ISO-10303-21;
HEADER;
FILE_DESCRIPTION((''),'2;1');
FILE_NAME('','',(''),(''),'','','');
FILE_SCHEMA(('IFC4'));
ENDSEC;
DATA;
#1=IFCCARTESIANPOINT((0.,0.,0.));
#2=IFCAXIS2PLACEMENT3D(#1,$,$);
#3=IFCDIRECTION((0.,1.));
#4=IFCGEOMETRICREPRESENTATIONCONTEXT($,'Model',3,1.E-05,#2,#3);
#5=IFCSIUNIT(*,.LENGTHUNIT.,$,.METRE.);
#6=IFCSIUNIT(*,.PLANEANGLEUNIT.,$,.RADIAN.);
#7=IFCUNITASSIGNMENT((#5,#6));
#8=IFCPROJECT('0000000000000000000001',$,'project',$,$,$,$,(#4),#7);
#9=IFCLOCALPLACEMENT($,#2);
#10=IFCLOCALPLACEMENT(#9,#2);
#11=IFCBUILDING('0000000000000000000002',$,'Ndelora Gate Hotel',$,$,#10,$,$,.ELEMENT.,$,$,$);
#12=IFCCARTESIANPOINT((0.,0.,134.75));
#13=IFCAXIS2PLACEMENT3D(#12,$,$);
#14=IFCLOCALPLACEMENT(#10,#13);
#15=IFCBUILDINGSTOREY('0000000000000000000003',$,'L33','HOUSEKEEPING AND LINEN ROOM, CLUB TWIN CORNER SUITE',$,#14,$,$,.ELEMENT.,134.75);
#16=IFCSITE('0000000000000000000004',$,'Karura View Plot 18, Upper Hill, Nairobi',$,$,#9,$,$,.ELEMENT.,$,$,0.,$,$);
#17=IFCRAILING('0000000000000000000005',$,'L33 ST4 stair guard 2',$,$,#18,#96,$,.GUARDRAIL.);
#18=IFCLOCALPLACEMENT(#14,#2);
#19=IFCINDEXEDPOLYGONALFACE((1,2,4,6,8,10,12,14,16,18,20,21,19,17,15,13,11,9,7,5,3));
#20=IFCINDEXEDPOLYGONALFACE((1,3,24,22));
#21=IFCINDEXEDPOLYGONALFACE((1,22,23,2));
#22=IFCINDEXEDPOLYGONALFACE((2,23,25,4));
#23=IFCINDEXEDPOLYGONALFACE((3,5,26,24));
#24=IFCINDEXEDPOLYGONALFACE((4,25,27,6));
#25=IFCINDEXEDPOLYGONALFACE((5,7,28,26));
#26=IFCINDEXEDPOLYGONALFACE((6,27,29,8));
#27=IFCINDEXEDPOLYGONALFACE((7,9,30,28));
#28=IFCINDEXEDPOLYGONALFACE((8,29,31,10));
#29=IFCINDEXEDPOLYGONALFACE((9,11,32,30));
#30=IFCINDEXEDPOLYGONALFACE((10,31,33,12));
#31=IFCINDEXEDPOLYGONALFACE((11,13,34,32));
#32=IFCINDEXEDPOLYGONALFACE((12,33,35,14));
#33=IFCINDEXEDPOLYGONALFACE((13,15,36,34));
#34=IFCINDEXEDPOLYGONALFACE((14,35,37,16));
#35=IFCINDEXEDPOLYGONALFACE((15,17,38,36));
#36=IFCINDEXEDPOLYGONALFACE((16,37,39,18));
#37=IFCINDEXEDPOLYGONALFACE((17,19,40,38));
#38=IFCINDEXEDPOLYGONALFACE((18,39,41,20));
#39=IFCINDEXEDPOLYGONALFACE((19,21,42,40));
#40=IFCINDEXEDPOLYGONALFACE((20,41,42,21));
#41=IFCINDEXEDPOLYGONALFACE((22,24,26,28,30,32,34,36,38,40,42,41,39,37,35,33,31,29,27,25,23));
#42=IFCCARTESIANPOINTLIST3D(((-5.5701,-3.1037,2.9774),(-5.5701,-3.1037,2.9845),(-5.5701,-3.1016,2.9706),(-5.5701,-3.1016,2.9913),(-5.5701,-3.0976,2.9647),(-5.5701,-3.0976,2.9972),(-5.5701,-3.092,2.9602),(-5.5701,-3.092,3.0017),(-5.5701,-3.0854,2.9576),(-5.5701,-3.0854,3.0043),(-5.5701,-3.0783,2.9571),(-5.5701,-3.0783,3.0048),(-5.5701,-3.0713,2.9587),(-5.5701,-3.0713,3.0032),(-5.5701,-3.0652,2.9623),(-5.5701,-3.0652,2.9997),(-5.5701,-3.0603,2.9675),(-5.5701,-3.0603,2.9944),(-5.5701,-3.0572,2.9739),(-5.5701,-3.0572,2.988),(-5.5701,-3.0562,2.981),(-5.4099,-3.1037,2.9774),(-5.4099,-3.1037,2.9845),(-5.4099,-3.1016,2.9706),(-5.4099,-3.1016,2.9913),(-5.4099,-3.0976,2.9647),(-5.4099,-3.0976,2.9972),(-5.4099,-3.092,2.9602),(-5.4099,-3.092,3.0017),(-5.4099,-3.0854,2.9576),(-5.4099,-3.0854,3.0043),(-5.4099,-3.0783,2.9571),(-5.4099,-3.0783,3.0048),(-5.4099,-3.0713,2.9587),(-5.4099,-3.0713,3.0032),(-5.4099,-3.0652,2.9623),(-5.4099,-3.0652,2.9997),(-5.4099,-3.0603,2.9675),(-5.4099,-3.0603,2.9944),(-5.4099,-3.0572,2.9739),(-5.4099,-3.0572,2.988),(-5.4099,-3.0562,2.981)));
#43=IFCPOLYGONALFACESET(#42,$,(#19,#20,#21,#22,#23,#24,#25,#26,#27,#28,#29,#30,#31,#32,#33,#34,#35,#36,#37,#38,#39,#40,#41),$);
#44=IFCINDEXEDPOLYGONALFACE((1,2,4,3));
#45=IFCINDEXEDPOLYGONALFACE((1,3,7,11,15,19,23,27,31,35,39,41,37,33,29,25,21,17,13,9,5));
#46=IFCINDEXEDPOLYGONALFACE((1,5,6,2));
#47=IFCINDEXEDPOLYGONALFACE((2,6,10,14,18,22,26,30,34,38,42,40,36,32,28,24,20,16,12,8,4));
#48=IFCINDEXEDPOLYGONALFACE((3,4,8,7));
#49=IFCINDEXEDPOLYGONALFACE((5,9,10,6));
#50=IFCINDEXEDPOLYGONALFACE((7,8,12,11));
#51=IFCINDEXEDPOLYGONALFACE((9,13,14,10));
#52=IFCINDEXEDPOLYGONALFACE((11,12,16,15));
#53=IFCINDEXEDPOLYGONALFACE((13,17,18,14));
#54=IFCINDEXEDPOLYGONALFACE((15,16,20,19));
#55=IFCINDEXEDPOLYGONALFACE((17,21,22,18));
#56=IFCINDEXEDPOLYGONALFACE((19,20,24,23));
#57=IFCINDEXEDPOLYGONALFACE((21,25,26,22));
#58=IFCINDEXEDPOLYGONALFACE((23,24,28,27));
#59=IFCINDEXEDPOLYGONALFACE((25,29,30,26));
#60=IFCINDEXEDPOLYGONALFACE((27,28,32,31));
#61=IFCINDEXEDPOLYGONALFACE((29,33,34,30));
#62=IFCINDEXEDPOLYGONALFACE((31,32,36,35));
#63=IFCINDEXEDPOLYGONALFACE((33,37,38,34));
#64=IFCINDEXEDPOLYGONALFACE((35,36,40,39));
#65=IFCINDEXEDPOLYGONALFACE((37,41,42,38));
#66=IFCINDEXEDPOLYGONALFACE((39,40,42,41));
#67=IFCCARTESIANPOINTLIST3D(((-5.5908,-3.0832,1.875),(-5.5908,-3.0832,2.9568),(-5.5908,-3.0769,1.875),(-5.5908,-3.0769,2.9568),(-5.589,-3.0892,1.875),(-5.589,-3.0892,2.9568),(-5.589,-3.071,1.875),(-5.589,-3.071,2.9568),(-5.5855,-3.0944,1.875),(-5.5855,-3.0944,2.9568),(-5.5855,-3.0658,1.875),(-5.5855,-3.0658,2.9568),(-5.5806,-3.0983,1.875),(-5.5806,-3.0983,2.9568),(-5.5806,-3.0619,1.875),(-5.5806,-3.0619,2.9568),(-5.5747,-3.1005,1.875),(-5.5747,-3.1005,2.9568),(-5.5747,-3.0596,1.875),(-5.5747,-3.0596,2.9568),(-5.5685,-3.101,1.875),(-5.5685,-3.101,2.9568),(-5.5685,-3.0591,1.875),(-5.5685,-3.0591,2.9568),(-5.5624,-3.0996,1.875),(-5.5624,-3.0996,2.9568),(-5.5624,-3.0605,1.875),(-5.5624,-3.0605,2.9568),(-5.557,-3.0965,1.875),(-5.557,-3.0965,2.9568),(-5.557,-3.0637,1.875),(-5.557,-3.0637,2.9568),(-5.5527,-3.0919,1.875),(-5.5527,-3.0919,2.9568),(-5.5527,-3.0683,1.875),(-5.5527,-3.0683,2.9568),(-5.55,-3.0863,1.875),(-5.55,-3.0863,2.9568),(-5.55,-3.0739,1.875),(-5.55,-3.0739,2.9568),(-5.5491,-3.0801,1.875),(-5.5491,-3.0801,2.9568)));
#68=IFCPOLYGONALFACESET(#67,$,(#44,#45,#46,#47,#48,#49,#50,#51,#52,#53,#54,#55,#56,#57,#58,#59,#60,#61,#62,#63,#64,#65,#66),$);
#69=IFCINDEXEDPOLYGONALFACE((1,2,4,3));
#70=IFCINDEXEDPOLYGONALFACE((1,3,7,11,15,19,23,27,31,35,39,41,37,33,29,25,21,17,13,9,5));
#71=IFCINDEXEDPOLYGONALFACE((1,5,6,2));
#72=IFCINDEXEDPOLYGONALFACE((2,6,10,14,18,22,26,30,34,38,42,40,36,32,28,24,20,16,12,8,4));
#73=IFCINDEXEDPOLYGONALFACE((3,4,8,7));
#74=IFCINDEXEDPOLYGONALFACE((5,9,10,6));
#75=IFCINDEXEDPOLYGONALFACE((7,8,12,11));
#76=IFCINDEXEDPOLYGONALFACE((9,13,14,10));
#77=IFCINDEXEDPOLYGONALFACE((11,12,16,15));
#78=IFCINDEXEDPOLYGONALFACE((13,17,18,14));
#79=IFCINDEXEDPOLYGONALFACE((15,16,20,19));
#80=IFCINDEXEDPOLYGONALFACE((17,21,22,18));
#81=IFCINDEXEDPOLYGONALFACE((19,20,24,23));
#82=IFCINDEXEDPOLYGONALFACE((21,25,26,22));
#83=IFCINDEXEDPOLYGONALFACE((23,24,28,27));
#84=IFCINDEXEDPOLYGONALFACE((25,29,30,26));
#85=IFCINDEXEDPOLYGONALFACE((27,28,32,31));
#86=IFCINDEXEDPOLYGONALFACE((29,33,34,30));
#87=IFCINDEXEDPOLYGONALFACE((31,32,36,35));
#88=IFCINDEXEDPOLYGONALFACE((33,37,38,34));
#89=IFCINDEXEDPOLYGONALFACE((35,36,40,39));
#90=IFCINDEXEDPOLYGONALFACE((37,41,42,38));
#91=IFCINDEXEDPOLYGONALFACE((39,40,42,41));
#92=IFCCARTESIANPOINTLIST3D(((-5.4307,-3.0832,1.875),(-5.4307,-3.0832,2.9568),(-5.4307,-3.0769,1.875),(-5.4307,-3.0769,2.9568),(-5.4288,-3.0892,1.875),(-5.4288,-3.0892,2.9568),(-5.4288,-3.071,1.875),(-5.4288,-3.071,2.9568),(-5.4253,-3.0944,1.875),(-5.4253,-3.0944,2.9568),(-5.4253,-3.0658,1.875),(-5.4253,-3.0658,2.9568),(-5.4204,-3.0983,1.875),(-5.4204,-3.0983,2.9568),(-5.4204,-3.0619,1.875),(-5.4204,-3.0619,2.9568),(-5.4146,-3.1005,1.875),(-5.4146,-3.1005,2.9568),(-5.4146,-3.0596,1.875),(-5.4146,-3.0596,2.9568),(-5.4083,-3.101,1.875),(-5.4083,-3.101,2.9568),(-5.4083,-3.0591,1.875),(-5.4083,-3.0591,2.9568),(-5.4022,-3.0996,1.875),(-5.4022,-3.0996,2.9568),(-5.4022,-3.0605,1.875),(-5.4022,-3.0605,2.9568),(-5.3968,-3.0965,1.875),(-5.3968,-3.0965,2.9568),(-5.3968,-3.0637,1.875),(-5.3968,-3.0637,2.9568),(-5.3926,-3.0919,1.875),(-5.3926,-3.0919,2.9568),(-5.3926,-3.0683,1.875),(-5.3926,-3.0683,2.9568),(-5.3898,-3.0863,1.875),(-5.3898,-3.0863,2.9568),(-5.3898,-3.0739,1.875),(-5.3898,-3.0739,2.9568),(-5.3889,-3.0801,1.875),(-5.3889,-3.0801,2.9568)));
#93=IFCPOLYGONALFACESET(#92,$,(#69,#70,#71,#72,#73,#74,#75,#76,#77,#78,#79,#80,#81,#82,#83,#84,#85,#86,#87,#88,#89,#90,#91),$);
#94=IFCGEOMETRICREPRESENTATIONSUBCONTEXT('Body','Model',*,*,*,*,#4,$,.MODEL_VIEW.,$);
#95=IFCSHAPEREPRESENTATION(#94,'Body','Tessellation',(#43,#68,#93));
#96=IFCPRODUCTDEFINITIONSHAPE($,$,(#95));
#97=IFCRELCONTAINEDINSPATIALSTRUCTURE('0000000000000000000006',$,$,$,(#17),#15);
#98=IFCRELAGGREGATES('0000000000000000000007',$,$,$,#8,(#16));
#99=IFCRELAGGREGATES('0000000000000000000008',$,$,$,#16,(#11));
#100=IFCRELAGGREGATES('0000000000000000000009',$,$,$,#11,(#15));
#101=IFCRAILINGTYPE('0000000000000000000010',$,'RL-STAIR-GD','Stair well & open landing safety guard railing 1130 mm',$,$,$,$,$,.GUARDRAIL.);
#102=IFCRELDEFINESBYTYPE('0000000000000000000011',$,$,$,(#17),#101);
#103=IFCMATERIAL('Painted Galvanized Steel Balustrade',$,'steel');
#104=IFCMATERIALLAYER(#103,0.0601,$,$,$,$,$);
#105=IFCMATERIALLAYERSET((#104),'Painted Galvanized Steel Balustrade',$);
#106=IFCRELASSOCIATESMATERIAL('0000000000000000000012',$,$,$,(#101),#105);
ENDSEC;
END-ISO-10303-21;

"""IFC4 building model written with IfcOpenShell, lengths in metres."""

from ifc_helpers import new_model, si_unit, direction, frame, origin, origin_2d, place, context, subcontext, project, spatial, circle, extrude, material, layer, layer_set, type_object, element, save


model = new_model("IFC4")

# Units and contexts
model_context = context("Model", 3, precision=1e-05, world=origin(), true_north=direction((0.0, 1.0)))
body_context = subcontext(model_context, "Body", "Model", "MODEL_VIEW")
ifc_project = project(units=[si_unit("LENGTHUNIT", "METRE"), si_unit("PLANEANGLEUNIT", "RADIAN")], contexts=[model_context])

# Site, building, storey
site_placement = place(None, origin())
site = spatial("IfcSite", under=ifc_project, at=site_placement, Name="Karura View Plot 18, Upper Hill, Nairobi", CompositionType="ELEMENT", RefElevation=0.0)
building_placement = place(site_placement, origin())
building = spatial("IfcBuilding", under=site, at=building_placement, Name="Ndelora Gate Hotel", CompositionType="ELEMENT")
storey_placement = place(building_placement, frame((0.0, 0.0, 134.75)))
storey = spatial("IfcBuildingStorey", under=building, at=storey_placement, Name="L33", Description="HOUSEKEEPING AND LINEN ROOM, CLUB TWIN CORNER SUITE", CompositionType="ELEMENT", Elevation=134.75)

# Railing
ifc_material_1 = material(Name="Painted Galvanized Steel Balustrade", Category="steel")
ifc_layer_1 = layer(ifc_material_1, 0.0601)
ifc_layer_set_1 = layer_set([ifc_layer_1], Name="Painted Galvanized Steel Balustrade")
railing_type_1 = type_object("IfcRailingType", Name="RL-STAIR-GD", Description="Stair well & open landing safety guard railing 1130 mm", PredefinedType="GUARDRAIL", material=ifc_layer_set_1)
railing_1_placement = place(storey_placement, frame((-5.5701, -3.0801, 1.875)))
element("IfcRailing", 1, at=railing_1_placement, inside=storey, type_object=railing_type_1, Name="L33 ST4 stair guard 2", PredefinedType="GUARDRAIL", context=body_context, shape_type="SweptSolid", body=[
    extrude(circle(Radius=0.0239, at=origin_2d()), frame((0.0, 0.0, 1.106), z_axis=(1.0, 0.0, 0.0), x_axis=(0.0, 1.0, 0.0)), (0.0, 0.0, 1.0), 0.1602),
    extrude(circle(Radius=0.021, at=origin_2d()), origin(), (0.0, 0.0, 1.0), 1.0818),
    extrude(circle(Radius=0.021, at=origin_2d()), frame((0.1602, 0.0, 0.0)), (0.0, 0.0, 1.0), 1.0818),
])

save(model, "model.ifc")
